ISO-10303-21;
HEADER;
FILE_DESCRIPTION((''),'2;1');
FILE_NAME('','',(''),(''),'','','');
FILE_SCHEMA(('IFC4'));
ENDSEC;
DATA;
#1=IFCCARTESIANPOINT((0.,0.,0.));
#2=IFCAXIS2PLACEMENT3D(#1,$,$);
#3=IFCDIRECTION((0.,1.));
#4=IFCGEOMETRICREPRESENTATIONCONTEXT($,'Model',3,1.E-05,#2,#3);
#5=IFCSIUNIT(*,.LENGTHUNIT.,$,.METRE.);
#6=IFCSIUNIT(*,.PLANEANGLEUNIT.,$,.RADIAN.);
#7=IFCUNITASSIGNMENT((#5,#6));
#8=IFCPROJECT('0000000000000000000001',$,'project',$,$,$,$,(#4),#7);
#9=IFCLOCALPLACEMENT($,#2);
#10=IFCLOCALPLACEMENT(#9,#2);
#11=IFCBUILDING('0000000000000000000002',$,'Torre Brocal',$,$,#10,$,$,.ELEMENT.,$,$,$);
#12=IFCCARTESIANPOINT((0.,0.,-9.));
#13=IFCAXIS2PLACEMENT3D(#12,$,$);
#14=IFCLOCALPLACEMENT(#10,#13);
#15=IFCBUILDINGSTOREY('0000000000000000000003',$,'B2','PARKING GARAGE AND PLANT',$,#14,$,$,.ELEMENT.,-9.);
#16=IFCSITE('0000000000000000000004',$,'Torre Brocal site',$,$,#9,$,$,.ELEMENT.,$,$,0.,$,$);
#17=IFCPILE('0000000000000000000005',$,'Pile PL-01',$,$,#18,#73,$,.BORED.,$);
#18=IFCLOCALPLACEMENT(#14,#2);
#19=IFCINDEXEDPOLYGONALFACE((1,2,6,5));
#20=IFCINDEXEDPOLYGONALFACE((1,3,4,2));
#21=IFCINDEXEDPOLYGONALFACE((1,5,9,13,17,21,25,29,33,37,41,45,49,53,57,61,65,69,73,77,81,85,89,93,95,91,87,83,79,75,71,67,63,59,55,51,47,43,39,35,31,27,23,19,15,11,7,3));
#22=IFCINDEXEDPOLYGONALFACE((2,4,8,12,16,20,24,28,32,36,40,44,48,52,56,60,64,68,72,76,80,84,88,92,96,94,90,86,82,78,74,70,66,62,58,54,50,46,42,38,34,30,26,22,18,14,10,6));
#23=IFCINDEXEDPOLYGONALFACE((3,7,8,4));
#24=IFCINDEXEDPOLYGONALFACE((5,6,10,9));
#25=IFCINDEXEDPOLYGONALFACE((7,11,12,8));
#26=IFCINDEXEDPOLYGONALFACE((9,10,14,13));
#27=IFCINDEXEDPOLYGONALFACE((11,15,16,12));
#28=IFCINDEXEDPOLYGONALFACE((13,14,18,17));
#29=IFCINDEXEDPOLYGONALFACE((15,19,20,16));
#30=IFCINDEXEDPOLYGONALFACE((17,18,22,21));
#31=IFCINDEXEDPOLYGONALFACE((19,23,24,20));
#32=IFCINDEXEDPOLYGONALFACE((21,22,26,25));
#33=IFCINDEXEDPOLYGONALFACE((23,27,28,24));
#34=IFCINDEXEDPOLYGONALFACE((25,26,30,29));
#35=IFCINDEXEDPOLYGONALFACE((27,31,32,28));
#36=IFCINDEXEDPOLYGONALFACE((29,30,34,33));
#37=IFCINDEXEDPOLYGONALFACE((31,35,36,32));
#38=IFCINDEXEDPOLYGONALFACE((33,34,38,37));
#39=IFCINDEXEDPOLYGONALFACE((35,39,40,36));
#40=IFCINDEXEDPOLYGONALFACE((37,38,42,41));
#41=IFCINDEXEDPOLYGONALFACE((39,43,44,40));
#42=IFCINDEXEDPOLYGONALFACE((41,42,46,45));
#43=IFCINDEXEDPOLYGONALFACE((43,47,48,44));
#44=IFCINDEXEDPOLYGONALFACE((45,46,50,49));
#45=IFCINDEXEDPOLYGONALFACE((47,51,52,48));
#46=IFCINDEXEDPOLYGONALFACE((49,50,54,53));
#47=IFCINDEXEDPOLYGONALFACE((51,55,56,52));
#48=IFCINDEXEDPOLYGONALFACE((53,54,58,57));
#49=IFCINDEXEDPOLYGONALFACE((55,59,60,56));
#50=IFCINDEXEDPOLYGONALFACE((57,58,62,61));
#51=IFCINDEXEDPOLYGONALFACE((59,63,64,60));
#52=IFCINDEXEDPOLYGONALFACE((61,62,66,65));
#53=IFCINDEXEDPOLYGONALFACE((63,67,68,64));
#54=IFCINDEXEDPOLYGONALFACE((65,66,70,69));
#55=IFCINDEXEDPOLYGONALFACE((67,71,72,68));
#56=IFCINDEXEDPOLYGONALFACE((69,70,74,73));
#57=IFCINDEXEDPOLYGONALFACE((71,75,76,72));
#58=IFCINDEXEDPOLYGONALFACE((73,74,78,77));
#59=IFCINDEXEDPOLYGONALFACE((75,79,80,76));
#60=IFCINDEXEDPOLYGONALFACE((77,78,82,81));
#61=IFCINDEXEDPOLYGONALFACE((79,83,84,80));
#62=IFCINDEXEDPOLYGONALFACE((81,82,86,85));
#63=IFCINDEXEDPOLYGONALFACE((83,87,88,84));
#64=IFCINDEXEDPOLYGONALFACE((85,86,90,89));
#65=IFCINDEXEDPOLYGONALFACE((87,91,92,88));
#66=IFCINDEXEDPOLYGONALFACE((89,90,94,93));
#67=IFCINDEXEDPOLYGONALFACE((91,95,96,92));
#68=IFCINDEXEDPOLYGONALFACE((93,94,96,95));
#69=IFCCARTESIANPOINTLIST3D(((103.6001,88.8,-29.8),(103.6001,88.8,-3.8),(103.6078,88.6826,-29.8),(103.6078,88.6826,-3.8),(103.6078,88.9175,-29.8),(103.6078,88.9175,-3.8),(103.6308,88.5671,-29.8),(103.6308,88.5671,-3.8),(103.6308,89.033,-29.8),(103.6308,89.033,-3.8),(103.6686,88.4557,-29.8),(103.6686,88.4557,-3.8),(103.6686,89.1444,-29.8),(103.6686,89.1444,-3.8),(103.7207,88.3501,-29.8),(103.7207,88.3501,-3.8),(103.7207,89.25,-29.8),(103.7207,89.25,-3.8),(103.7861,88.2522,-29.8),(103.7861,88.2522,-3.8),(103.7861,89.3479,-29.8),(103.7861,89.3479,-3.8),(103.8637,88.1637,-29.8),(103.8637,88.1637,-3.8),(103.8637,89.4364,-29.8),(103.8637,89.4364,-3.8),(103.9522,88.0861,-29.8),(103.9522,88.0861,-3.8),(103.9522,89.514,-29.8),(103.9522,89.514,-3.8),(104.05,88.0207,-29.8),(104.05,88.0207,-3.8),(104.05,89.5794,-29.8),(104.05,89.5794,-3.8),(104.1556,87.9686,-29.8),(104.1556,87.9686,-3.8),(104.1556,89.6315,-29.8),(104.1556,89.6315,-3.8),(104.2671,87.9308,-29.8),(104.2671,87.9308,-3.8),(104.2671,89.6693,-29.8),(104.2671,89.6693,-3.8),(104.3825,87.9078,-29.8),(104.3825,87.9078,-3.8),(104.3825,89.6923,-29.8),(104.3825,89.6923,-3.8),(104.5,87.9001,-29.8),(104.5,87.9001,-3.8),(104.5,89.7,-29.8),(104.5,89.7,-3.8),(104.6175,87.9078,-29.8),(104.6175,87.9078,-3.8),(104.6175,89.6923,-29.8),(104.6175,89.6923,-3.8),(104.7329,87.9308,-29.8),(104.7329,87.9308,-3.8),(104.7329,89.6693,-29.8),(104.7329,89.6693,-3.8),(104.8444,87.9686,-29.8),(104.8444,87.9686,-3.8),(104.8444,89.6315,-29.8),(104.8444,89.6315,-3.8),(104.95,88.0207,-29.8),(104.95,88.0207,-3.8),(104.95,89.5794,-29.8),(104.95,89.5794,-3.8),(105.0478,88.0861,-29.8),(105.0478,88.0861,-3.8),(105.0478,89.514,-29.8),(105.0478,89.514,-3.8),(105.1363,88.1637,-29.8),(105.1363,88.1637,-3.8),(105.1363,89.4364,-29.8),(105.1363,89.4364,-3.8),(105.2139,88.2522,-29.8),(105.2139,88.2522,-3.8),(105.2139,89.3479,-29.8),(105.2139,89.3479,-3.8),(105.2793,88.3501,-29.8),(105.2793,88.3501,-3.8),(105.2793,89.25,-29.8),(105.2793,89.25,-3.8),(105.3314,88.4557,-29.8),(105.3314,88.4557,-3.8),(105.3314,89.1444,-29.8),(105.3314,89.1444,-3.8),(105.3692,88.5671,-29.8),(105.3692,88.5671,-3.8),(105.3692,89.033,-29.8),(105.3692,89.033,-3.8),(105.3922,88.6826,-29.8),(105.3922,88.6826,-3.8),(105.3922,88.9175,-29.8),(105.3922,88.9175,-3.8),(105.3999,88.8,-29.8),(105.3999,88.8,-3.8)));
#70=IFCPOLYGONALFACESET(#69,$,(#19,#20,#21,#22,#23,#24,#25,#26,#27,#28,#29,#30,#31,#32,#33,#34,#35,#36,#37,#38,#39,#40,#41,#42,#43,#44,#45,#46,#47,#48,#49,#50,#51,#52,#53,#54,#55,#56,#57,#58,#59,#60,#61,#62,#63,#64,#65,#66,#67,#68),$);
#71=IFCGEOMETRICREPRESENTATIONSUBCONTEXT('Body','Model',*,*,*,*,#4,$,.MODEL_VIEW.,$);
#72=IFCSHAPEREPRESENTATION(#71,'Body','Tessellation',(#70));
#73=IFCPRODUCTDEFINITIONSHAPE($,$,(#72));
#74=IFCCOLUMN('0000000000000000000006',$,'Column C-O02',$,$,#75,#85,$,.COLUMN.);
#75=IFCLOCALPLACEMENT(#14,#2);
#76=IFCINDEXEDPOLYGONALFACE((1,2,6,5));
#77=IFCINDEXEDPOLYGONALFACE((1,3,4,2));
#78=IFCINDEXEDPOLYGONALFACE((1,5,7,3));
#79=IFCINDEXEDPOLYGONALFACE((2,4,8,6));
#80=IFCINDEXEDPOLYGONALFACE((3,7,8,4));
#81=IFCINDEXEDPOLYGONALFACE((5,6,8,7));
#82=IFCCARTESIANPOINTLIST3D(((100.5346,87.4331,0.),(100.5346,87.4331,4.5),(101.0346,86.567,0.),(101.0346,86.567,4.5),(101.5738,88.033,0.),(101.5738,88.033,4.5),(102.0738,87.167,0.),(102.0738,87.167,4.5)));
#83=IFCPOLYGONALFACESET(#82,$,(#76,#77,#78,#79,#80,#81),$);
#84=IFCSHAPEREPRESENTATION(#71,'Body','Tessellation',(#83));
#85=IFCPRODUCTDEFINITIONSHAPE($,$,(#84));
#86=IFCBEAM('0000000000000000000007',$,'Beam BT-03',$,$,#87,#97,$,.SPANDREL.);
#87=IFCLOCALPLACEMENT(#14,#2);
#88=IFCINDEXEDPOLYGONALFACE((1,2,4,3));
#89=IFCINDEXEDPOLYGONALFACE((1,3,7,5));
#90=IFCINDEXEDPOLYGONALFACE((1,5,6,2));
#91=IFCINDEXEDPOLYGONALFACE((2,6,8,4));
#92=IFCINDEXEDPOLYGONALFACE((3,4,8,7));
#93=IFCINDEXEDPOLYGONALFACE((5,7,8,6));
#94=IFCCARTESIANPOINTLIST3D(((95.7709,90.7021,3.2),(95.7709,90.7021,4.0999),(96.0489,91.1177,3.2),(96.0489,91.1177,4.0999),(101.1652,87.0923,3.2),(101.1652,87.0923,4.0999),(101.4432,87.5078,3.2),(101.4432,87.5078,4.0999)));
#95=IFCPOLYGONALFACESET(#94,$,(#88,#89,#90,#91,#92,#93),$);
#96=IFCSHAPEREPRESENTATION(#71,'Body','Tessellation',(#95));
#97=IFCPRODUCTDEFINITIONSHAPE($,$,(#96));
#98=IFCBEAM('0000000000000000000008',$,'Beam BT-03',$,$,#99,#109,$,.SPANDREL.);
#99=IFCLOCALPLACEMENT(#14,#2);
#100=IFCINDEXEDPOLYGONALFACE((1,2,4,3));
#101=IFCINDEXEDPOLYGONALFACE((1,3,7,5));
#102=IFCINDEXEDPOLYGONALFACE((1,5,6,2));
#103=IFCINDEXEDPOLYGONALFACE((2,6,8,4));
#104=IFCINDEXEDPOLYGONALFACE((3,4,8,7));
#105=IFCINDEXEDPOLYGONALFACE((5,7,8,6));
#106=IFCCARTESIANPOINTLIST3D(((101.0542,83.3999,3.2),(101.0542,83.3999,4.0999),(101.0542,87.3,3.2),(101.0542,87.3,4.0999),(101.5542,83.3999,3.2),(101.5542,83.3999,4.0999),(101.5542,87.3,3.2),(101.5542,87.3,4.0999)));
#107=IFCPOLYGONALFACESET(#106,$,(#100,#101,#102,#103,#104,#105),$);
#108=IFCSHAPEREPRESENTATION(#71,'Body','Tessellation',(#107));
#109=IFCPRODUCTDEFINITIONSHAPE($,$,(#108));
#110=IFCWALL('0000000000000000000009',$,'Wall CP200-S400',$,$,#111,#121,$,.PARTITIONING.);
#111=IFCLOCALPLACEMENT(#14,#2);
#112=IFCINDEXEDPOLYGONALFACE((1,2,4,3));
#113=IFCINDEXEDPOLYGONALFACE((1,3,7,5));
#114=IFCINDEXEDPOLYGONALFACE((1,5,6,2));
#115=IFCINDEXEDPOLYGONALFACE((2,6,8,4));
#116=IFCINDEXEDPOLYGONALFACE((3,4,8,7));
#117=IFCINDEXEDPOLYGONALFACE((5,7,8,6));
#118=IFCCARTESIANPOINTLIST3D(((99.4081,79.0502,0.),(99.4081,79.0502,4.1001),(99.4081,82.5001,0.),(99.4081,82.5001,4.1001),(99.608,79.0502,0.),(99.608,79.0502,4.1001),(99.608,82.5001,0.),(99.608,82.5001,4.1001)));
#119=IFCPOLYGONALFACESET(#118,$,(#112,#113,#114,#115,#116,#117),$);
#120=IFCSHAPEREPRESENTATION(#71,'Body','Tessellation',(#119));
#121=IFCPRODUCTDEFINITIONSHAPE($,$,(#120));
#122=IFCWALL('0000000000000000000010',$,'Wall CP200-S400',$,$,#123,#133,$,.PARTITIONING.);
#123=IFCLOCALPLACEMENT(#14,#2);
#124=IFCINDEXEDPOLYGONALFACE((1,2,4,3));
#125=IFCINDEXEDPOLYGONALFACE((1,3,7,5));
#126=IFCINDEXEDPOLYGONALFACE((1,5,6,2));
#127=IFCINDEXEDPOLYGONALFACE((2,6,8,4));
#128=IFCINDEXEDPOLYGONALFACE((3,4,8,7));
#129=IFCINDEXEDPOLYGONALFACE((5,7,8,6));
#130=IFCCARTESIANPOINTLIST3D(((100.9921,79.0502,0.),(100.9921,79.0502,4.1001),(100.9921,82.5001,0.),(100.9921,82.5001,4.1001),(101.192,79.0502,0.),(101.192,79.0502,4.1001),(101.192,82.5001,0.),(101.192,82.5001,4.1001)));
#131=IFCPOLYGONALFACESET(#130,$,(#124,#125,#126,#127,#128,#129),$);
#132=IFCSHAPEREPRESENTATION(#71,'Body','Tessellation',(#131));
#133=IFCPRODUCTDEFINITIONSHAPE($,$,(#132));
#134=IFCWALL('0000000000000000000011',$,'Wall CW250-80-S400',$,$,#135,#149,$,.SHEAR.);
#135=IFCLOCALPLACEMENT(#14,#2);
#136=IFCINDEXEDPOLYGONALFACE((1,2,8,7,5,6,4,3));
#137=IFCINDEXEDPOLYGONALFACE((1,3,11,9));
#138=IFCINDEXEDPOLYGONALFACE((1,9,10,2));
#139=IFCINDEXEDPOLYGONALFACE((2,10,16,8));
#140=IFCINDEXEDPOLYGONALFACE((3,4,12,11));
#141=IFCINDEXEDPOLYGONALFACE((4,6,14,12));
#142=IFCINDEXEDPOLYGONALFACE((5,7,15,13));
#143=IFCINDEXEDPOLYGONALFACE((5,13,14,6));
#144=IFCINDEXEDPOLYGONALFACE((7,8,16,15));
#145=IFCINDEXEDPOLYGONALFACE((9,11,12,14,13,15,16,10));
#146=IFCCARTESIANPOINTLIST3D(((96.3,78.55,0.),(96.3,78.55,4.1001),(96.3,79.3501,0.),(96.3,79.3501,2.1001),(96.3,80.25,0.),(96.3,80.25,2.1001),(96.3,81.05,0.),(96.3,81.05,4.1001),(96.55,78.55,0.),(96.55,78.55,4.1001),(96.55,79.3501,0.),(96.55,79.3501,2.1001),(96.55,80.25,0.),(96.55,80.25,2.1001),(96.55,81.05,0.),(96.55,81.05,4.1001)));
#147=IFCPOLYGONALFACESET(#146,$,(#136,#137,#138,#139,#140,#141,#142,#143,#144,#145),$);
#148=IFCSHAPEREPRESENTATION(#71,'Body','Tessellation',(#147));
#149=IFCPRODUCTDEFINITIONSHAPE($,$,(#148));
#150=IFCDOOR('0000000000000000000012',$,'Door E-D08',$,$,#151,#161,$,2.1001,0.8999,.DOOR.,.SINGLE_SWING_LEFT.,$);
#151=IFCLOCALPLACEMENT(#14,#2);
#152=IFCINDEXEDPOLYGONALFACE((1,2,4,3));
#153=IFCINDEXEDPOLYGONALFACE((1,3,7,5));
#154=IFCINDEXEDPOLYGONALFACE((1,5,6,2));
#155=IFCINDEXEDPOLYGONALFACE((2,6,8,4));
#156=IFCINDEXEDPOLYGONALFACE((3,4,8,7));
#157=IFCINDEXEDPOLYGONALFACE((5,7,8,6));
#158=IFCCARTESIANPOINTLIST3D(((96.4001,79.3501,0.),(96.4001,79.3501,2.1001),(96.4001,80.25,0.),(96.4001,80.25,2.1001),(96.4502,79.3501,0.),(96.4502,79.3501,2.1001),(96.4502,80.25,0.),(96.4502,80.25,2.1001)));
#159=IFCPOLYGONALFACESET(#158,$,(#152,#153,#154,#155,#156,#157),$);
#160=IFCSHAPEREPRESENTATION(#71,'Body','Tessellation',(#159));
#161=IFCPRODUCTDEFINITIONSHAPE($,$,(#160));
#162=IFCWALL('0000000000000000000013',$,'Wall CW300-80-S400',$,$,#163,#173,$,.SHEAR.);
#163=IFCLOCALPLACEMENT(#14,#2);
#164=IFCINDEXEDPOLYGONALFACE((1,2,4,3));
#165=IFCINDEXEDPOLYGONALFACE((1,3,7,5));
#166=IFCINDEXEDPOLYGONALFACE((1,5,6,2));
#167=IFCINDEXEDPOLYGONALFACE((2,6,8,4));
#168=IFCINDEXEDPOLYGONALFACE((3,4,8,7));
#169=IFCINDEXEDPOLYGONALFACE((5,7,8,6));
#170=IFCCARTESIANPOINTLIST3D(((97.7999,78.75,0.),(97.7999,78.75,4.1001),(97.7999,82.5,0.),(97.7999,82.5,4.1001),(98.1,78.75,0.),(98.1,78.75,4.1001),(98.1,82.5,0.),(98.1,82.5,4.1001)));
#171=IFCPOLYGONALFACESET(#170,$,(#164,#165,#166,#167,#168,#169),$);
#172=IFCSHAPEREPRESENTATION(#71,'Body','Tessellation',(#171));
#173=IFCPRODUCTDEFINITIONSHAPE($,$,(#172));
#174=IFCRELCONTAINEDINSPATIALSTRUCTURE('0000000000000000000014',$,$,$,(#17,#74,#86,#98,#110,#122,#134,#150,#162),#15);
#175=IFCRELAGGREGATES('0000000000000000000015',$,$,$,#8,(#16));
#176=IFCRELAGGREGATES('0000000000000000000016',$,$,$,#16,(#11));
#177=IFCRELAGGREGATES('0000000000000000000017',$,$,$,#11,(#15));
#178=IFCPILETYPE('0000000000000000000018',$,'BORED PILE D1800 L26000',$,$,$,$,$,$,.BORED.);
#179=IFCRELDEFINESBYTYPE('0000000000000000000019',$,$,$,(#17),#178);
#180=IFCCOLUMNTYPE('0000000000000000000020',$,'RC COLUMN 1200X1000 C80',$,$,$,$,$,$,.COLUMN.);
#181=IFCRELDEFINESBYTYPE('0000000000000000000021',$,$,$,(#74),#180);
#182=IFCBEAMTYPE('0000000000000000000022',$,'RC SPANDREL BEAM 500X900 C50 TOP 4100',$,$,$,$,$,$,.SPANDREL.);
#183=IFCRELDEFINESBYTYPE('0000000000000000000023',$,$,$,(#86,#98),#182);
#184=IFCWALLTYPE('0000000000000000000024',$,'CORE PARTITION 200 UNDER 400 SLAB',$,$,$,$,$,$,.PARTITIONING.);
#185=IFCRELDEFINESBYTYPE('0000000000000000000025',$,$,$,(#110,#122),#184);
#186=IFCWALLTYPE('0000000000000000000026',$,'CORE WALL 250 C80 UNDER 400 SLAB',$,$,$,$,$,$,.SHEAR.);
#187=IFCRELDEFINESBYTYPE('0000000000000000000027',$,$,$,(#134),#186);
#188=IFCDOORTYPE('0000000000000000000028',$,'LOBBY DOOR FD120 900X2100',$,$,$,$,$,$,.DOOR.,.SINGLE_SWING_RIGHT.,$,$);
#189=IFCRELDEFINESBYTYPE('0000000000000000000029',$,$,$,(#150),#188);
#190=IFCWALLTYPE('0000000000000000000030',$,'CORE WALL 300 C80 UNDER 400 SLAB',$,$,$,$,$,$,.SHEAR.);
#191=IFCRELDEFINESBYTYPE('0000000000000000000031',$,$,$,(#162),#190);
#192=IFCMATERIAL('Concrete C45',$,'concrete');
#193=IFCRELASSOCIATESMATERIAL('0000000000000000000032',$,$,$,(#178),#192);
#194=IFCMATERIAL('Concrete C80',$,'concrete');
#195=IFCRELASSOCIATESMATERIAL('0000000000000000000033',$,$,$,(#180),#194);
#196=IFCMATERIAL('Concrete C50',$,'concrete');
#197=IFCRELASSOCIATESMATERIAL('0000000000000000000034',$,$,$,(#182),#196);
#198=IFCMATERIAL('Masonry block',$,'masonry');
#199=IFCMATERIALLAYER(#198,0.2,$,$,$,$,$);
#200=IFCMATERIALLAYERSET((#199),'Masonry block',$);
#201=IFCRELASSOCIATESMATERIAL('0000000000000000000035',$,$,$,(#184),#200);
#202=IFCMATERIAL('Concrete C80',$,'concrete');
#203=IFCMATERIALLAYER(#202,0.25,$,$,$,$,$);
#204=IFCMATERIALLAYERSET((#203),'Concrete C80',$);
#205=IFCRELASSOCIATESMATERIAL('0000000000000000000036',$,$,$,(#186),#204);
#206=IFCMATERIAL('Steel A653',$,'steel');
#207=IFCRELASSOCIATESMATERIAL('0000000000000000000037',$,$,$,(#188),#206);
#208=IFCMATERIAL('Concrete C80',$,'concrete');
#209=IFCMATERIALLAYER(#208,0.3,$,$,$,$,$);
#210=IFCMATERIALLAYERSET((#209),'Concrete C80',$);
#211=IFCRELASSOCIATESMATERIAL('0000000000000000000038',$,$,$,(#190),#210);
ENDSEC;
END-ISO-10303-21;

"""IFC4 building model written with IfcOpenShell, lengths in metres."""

from ifc_helpers import new_model, si_unit, direction, frame, frame_2d, origin, origin_2d, place, context, subcontext, project, spatial, rectangle, circle, extrude, material, layer, layer_set, material_profile, profile_set, type_object, element, fill, save


model = new_model("IFC4")

# Units and contexts
model_context = context("Model", 3, precision=1e-05, world=origin(), true_north=direction((0.0, 1.0)))
body_context = subcontext(model_context, "Body", "Model", "MODEL_VIEW")
ifc_project = project(units=[si_unit("LENGTHUNIT", "METRE"), si_unit("PLANEANGLEUNIT", "RADIAN")], contexts=[model_context])

# Site, building, storey
site_placement = place(None, origin())
site = spatial("IfcSite", under=ifc_project, at=site_placement, Name="Torre Brocal site", CompositionType="ELEMENT", RefElevation=0.0)
building_placement = place(site_placement, origin())
building = spatial("IfcBuilding", under=site, at=building_placement, Name="Torre Brocal", CompositionType="ELEMENT")
storey_placement = place(building_placement, frame((0.0, 0.0, -9.0)))
storey = spatial("IfcBuildingStorey", under=building, at=storey_placement, Name="B2", Description="PARKING GARAGE AND PLANT", CompositionType="ELEMENT", Elevation=-9.0)

# Pile
ifc_material_1 = material(Name="Concrete C45", Category="concrete")
ifc_material_profile_1 = material_profile(ifc_material_1, circle(Radius=0.8999, at=origin_2d()), Name="BORED PILE D1800")
ifc_profile_set_1 = profile_set([ifc_material_profile_1], Name="Concrete C45")
pile_type_1 = type_object("IfcPileType", Name="BORED PILE D1800 L26000", PredefinedType="BORED", material=ifc_profile_set_1)
for number, where, z_axis, x_axis, name in (
    (1, (104.5, 88.8, -3.8), (0.0, 0.0, -1.0), (1.0, 0.0, 0.0), "Pile PL-01"),
):
    element("IfcPile", number, at=place(storey_placement, frame(where, z_axis=z_axis, x_axis=x_axis)), inside=storey, type_object=pile_type_1, Name=name, PredefinedType="BORED", context=body_context, shape_type="SweptSolid", body=[
        extrude(circle(Radius=0.8999, at=origin_2d()), origin(), (0.0, 0.0, 1.0), 26.0),
    ])

# Column
ifc_material_2 = material(Name="Concrete C80", Category="concrete")
ifc_material_profile_2 = material_profile(ifc_material_2, rectangle(XDim=1.2, YDim=1.0, at=origin_2d()), Name="RC 1200X1000")
ifc_profile_set_2 = profile_set([ifc_material_profile_2], Name="Concrete C80")
column_type = type_object("IfcColumnType", Name="RC COLUMN 1200X1000 C80", PredefinedType="COLUMN", material=ifc_profile_set_2)
column_placement = place(storey_placement, frame((101.3042, 87.3, 0.0), z_axis=(0.0, 0.0, 1.0), x_axis=(0.866025, 0.5, 0.0)))
element("IfcColumn", 2, at=column_placement, inside=storey, type_object=column_type, Name="Column C-O02", PredefinedType="COLUMN", context=body_context, shape_type="SweptSolid", body=[
    extrude(rectangle(XDim=1.2, YDim=1.0, at=origin_2d()), origin(), (0.0, 0.0, 1.0), 4.5),
])

# Beams
ifc_material_3 = material(Name="Concrete C50", Category="concrete")
ifc_material_profile_3 = material_profile(ifc_material_3, rectangle(XDim=0.5, YDim=0.8999, at=origin_2d()), Name="RC 500X900")
ifc_profile_set_3 = profile_set([ifc_material_profile_3], Name="Concrete C50")
beam_type = type_object("IfcBeamType", Name="RC SPANDREL BEAM 500X900 C50 TOP 4100", PredefinedType="SPANDREL", material=ifc_profile_set_3)
beam_1_placement = place(storey_placement, frame((101.3042, 87.3, 3.6499), z_axis=(-0.831077, 0.556158, 0.0), x_axis=(-0.556158, -0.831077, 0.0)))
element("IfcBeam", 3, at=beam_1_placement, inside=storey, type_object=beam_type, Name="Beam BT-03", PredefinedType="SPANDREL", context=body_context, shape_type="SweptSolid", body=[
    extrude(rectangle(XDim=0.5, YDim=0.8999, at=origin_2d()), origin(), (0.0, 0.0, 1.0), 6.4907),
])
beam_2_placement = place(storey_placement, frame((101.3042, 87.3, 3.6499), z_axis=(0.0, -1.0, 0.0), x_axis=(1.0, 0.0, 0.0)))
element("IfcBeam", 4, at=beam_2_placement, inside=storey, type_object=beam_type, Name="Beam BT-03", PredefinedType="SPANDREL", context=body_context, shape_type="SweptSolid", body=[
    extrude(rectangle(XDim=0.5, YDim=0.8999, at=origin_2d()), origin(), (0.0, 0.0, 1.0), 3.9001),
])

# Walls
ifc_material_4 = material(Name="Masonry block", Category="masonry")
ifc_layer_1 = layer(ifc_material_4, 0.2)
ifc_layer_set_1 = layer_set([ifc_layer_1], Name="Masonry block")
wall_type_1 = type_object("IfcWallType", Name="CORE PARTITION 200 UNDER 400 SLAB", PredefinedType="PARTITIONING", material=ifc_layer_set_1)
for number, where, z_axis, x_axis, name in (
    (5, (99.5081, 79.05, 0.0), (0.0, 0.0, 1.0), (0.0, 1.0, 0.0), "Wall CP200-S400"),
    (6, (101.092, 79.05, 0.0), (0.0, 0.0, 1.0), (0.0, 1.0, 0.0), "Wall CP200-S400"),
):
    element("IfcWall", number, at=place(storey_placement, frame(where, z_axis=z_axis, x_axis=x_axis)), inside=storey, type_object=wall_type_1, Name=name, PredefinedType="PARTITIONING", context=body_context, shape_type="SweptSolid", body=[
        extrude(rectangle(XDim=3.45, YDim=0.2, at=frame_2d((1.7251, 0.0))), origin(), (0.0, 0.0, 1.0), 4.1001),
    ])

# Wall, opening, door
ifc_material_5 = material(Name="Concrete C80", Category="concrete")
ifc_layer_2 = layer(ifc_material_5, 0.25)
ifc_layer_set_2 = layer_set([ifc_layer_2], Name="Concrete C80")
wall_type_2 = type_object("IfcWallType", Name="CORE WALL 250 C80 UNDER 400 SLAB", PredefinedType="SHEAR", material=ifc_layer_set_2)
wall_1_placement = place(storey_placement, frame((96.425, 78.55, 0.0), z_axis=(0.0, 0.0, 1.0), x_axis=(0.0, 1.0, 0.0)))
wall_1 = element("IfcWall", 7, at=wall_1_placement, inside=storey, type_object=wall_type_2, Name="Wall CW250-80-S400", PredefinedType="SHEAR", context=body_context, shape_type="SweptSolid", body=[
    extrude(rectangle(XDim=2.5, YDim=0.25, at=frame_2d((1.25, 0.0))), origin(), (0.0, 0.0, 1.0), 4.1001),
])
opening_1_placement = place(wall_1_placement, frame((0.8, 0.0, 0.0)))
opening_1 = element("IfcOpeningElement", 8, at=opening_1_placement, cuts=wall_1, PredefinedType="OPENING", context=body_context, shape_type="SweptSolid", body=[
    extrude(rectangle(XDim=0.8999, YDim=2.1001, at=frame_2d((0.45, 1.05))), frame((0.0, 0.135, 0.0), z_axis=(0.0, -1.0, 0.0), x_axis=(1.0, 0.0, 0.0)), (0.0, 0.0, 1.0), 0.27),
])
ifc_material_6 = material(Name="Steel A653", Category="steel")
door_type_1 = type_object("IfcDoorType", Name="LOBBY DOOR FD120 900X2100", OperationType="SINGLE_SWING_RIGHT", PredefinedType="DOOR", material=ifc_material_6)
door_1_placement = place(opening_1_placement, origin())
door_1 = element("IfcDoor", 9, at=door_1_placement, inside=storey, type_object=door_type_1, Name="Door E-D08", OperationType="SINGLE_SWING_LEFT", OverallHeight=2.1001, OverallWidth=0.8999, PredefinedType="DOOR", context=body_context, shape_type="SweptSolid", body=[
    extrude(rectangle(XDim=0.8999, YDim=2.1001, at=frame_2d((0.45, 1.05))), frame((0.0, 0.0249, 0.0), z_axis=(0.0, -1.0, 0.0), x_axis=(1.0, 0.0, 0.0)), (0.0, 0.0, 1.0), 0.05),
])
fill(opening_1, door_1)

# Wall
ifc_material_7 = material(Name="Concrete C80", Category="concrete")
ifc_layer_3 = layer(ifc_material_7, 0.3)
ifc_layer_set_3 = layer_set([ifc_layer_3], Name="Concrete C80")
wall_type_3 = type_object("IfcWallType", Name="CORE WALL 300 C80 UNDER 400 SLAB", PredefinedType="SHEAR", material=ifc_layer_set_3)
wall_2_placement = place(storey_placement, frame((97.95, 78.75, 0.0), z_axis=(0.0, 0.0, 1.0), x_axis=(0.0, 1.0, 0.0)))
element("IfcWall", 10, at=wall_2_placement, inside=storey, type_object=wall_type_3, Name="Wall CW300-80-S400", PredefinedType="SHEAR", context=body_context, shape_type="SweptSolid", body=[
    extrude(rectangle(XDim=3.75, YDim=0.3, at=frame_2d((1.875, 0.0))), origin(), (0.0, 0.0, 1.0), 4.1001),
])

save(model, "model.ifc")
